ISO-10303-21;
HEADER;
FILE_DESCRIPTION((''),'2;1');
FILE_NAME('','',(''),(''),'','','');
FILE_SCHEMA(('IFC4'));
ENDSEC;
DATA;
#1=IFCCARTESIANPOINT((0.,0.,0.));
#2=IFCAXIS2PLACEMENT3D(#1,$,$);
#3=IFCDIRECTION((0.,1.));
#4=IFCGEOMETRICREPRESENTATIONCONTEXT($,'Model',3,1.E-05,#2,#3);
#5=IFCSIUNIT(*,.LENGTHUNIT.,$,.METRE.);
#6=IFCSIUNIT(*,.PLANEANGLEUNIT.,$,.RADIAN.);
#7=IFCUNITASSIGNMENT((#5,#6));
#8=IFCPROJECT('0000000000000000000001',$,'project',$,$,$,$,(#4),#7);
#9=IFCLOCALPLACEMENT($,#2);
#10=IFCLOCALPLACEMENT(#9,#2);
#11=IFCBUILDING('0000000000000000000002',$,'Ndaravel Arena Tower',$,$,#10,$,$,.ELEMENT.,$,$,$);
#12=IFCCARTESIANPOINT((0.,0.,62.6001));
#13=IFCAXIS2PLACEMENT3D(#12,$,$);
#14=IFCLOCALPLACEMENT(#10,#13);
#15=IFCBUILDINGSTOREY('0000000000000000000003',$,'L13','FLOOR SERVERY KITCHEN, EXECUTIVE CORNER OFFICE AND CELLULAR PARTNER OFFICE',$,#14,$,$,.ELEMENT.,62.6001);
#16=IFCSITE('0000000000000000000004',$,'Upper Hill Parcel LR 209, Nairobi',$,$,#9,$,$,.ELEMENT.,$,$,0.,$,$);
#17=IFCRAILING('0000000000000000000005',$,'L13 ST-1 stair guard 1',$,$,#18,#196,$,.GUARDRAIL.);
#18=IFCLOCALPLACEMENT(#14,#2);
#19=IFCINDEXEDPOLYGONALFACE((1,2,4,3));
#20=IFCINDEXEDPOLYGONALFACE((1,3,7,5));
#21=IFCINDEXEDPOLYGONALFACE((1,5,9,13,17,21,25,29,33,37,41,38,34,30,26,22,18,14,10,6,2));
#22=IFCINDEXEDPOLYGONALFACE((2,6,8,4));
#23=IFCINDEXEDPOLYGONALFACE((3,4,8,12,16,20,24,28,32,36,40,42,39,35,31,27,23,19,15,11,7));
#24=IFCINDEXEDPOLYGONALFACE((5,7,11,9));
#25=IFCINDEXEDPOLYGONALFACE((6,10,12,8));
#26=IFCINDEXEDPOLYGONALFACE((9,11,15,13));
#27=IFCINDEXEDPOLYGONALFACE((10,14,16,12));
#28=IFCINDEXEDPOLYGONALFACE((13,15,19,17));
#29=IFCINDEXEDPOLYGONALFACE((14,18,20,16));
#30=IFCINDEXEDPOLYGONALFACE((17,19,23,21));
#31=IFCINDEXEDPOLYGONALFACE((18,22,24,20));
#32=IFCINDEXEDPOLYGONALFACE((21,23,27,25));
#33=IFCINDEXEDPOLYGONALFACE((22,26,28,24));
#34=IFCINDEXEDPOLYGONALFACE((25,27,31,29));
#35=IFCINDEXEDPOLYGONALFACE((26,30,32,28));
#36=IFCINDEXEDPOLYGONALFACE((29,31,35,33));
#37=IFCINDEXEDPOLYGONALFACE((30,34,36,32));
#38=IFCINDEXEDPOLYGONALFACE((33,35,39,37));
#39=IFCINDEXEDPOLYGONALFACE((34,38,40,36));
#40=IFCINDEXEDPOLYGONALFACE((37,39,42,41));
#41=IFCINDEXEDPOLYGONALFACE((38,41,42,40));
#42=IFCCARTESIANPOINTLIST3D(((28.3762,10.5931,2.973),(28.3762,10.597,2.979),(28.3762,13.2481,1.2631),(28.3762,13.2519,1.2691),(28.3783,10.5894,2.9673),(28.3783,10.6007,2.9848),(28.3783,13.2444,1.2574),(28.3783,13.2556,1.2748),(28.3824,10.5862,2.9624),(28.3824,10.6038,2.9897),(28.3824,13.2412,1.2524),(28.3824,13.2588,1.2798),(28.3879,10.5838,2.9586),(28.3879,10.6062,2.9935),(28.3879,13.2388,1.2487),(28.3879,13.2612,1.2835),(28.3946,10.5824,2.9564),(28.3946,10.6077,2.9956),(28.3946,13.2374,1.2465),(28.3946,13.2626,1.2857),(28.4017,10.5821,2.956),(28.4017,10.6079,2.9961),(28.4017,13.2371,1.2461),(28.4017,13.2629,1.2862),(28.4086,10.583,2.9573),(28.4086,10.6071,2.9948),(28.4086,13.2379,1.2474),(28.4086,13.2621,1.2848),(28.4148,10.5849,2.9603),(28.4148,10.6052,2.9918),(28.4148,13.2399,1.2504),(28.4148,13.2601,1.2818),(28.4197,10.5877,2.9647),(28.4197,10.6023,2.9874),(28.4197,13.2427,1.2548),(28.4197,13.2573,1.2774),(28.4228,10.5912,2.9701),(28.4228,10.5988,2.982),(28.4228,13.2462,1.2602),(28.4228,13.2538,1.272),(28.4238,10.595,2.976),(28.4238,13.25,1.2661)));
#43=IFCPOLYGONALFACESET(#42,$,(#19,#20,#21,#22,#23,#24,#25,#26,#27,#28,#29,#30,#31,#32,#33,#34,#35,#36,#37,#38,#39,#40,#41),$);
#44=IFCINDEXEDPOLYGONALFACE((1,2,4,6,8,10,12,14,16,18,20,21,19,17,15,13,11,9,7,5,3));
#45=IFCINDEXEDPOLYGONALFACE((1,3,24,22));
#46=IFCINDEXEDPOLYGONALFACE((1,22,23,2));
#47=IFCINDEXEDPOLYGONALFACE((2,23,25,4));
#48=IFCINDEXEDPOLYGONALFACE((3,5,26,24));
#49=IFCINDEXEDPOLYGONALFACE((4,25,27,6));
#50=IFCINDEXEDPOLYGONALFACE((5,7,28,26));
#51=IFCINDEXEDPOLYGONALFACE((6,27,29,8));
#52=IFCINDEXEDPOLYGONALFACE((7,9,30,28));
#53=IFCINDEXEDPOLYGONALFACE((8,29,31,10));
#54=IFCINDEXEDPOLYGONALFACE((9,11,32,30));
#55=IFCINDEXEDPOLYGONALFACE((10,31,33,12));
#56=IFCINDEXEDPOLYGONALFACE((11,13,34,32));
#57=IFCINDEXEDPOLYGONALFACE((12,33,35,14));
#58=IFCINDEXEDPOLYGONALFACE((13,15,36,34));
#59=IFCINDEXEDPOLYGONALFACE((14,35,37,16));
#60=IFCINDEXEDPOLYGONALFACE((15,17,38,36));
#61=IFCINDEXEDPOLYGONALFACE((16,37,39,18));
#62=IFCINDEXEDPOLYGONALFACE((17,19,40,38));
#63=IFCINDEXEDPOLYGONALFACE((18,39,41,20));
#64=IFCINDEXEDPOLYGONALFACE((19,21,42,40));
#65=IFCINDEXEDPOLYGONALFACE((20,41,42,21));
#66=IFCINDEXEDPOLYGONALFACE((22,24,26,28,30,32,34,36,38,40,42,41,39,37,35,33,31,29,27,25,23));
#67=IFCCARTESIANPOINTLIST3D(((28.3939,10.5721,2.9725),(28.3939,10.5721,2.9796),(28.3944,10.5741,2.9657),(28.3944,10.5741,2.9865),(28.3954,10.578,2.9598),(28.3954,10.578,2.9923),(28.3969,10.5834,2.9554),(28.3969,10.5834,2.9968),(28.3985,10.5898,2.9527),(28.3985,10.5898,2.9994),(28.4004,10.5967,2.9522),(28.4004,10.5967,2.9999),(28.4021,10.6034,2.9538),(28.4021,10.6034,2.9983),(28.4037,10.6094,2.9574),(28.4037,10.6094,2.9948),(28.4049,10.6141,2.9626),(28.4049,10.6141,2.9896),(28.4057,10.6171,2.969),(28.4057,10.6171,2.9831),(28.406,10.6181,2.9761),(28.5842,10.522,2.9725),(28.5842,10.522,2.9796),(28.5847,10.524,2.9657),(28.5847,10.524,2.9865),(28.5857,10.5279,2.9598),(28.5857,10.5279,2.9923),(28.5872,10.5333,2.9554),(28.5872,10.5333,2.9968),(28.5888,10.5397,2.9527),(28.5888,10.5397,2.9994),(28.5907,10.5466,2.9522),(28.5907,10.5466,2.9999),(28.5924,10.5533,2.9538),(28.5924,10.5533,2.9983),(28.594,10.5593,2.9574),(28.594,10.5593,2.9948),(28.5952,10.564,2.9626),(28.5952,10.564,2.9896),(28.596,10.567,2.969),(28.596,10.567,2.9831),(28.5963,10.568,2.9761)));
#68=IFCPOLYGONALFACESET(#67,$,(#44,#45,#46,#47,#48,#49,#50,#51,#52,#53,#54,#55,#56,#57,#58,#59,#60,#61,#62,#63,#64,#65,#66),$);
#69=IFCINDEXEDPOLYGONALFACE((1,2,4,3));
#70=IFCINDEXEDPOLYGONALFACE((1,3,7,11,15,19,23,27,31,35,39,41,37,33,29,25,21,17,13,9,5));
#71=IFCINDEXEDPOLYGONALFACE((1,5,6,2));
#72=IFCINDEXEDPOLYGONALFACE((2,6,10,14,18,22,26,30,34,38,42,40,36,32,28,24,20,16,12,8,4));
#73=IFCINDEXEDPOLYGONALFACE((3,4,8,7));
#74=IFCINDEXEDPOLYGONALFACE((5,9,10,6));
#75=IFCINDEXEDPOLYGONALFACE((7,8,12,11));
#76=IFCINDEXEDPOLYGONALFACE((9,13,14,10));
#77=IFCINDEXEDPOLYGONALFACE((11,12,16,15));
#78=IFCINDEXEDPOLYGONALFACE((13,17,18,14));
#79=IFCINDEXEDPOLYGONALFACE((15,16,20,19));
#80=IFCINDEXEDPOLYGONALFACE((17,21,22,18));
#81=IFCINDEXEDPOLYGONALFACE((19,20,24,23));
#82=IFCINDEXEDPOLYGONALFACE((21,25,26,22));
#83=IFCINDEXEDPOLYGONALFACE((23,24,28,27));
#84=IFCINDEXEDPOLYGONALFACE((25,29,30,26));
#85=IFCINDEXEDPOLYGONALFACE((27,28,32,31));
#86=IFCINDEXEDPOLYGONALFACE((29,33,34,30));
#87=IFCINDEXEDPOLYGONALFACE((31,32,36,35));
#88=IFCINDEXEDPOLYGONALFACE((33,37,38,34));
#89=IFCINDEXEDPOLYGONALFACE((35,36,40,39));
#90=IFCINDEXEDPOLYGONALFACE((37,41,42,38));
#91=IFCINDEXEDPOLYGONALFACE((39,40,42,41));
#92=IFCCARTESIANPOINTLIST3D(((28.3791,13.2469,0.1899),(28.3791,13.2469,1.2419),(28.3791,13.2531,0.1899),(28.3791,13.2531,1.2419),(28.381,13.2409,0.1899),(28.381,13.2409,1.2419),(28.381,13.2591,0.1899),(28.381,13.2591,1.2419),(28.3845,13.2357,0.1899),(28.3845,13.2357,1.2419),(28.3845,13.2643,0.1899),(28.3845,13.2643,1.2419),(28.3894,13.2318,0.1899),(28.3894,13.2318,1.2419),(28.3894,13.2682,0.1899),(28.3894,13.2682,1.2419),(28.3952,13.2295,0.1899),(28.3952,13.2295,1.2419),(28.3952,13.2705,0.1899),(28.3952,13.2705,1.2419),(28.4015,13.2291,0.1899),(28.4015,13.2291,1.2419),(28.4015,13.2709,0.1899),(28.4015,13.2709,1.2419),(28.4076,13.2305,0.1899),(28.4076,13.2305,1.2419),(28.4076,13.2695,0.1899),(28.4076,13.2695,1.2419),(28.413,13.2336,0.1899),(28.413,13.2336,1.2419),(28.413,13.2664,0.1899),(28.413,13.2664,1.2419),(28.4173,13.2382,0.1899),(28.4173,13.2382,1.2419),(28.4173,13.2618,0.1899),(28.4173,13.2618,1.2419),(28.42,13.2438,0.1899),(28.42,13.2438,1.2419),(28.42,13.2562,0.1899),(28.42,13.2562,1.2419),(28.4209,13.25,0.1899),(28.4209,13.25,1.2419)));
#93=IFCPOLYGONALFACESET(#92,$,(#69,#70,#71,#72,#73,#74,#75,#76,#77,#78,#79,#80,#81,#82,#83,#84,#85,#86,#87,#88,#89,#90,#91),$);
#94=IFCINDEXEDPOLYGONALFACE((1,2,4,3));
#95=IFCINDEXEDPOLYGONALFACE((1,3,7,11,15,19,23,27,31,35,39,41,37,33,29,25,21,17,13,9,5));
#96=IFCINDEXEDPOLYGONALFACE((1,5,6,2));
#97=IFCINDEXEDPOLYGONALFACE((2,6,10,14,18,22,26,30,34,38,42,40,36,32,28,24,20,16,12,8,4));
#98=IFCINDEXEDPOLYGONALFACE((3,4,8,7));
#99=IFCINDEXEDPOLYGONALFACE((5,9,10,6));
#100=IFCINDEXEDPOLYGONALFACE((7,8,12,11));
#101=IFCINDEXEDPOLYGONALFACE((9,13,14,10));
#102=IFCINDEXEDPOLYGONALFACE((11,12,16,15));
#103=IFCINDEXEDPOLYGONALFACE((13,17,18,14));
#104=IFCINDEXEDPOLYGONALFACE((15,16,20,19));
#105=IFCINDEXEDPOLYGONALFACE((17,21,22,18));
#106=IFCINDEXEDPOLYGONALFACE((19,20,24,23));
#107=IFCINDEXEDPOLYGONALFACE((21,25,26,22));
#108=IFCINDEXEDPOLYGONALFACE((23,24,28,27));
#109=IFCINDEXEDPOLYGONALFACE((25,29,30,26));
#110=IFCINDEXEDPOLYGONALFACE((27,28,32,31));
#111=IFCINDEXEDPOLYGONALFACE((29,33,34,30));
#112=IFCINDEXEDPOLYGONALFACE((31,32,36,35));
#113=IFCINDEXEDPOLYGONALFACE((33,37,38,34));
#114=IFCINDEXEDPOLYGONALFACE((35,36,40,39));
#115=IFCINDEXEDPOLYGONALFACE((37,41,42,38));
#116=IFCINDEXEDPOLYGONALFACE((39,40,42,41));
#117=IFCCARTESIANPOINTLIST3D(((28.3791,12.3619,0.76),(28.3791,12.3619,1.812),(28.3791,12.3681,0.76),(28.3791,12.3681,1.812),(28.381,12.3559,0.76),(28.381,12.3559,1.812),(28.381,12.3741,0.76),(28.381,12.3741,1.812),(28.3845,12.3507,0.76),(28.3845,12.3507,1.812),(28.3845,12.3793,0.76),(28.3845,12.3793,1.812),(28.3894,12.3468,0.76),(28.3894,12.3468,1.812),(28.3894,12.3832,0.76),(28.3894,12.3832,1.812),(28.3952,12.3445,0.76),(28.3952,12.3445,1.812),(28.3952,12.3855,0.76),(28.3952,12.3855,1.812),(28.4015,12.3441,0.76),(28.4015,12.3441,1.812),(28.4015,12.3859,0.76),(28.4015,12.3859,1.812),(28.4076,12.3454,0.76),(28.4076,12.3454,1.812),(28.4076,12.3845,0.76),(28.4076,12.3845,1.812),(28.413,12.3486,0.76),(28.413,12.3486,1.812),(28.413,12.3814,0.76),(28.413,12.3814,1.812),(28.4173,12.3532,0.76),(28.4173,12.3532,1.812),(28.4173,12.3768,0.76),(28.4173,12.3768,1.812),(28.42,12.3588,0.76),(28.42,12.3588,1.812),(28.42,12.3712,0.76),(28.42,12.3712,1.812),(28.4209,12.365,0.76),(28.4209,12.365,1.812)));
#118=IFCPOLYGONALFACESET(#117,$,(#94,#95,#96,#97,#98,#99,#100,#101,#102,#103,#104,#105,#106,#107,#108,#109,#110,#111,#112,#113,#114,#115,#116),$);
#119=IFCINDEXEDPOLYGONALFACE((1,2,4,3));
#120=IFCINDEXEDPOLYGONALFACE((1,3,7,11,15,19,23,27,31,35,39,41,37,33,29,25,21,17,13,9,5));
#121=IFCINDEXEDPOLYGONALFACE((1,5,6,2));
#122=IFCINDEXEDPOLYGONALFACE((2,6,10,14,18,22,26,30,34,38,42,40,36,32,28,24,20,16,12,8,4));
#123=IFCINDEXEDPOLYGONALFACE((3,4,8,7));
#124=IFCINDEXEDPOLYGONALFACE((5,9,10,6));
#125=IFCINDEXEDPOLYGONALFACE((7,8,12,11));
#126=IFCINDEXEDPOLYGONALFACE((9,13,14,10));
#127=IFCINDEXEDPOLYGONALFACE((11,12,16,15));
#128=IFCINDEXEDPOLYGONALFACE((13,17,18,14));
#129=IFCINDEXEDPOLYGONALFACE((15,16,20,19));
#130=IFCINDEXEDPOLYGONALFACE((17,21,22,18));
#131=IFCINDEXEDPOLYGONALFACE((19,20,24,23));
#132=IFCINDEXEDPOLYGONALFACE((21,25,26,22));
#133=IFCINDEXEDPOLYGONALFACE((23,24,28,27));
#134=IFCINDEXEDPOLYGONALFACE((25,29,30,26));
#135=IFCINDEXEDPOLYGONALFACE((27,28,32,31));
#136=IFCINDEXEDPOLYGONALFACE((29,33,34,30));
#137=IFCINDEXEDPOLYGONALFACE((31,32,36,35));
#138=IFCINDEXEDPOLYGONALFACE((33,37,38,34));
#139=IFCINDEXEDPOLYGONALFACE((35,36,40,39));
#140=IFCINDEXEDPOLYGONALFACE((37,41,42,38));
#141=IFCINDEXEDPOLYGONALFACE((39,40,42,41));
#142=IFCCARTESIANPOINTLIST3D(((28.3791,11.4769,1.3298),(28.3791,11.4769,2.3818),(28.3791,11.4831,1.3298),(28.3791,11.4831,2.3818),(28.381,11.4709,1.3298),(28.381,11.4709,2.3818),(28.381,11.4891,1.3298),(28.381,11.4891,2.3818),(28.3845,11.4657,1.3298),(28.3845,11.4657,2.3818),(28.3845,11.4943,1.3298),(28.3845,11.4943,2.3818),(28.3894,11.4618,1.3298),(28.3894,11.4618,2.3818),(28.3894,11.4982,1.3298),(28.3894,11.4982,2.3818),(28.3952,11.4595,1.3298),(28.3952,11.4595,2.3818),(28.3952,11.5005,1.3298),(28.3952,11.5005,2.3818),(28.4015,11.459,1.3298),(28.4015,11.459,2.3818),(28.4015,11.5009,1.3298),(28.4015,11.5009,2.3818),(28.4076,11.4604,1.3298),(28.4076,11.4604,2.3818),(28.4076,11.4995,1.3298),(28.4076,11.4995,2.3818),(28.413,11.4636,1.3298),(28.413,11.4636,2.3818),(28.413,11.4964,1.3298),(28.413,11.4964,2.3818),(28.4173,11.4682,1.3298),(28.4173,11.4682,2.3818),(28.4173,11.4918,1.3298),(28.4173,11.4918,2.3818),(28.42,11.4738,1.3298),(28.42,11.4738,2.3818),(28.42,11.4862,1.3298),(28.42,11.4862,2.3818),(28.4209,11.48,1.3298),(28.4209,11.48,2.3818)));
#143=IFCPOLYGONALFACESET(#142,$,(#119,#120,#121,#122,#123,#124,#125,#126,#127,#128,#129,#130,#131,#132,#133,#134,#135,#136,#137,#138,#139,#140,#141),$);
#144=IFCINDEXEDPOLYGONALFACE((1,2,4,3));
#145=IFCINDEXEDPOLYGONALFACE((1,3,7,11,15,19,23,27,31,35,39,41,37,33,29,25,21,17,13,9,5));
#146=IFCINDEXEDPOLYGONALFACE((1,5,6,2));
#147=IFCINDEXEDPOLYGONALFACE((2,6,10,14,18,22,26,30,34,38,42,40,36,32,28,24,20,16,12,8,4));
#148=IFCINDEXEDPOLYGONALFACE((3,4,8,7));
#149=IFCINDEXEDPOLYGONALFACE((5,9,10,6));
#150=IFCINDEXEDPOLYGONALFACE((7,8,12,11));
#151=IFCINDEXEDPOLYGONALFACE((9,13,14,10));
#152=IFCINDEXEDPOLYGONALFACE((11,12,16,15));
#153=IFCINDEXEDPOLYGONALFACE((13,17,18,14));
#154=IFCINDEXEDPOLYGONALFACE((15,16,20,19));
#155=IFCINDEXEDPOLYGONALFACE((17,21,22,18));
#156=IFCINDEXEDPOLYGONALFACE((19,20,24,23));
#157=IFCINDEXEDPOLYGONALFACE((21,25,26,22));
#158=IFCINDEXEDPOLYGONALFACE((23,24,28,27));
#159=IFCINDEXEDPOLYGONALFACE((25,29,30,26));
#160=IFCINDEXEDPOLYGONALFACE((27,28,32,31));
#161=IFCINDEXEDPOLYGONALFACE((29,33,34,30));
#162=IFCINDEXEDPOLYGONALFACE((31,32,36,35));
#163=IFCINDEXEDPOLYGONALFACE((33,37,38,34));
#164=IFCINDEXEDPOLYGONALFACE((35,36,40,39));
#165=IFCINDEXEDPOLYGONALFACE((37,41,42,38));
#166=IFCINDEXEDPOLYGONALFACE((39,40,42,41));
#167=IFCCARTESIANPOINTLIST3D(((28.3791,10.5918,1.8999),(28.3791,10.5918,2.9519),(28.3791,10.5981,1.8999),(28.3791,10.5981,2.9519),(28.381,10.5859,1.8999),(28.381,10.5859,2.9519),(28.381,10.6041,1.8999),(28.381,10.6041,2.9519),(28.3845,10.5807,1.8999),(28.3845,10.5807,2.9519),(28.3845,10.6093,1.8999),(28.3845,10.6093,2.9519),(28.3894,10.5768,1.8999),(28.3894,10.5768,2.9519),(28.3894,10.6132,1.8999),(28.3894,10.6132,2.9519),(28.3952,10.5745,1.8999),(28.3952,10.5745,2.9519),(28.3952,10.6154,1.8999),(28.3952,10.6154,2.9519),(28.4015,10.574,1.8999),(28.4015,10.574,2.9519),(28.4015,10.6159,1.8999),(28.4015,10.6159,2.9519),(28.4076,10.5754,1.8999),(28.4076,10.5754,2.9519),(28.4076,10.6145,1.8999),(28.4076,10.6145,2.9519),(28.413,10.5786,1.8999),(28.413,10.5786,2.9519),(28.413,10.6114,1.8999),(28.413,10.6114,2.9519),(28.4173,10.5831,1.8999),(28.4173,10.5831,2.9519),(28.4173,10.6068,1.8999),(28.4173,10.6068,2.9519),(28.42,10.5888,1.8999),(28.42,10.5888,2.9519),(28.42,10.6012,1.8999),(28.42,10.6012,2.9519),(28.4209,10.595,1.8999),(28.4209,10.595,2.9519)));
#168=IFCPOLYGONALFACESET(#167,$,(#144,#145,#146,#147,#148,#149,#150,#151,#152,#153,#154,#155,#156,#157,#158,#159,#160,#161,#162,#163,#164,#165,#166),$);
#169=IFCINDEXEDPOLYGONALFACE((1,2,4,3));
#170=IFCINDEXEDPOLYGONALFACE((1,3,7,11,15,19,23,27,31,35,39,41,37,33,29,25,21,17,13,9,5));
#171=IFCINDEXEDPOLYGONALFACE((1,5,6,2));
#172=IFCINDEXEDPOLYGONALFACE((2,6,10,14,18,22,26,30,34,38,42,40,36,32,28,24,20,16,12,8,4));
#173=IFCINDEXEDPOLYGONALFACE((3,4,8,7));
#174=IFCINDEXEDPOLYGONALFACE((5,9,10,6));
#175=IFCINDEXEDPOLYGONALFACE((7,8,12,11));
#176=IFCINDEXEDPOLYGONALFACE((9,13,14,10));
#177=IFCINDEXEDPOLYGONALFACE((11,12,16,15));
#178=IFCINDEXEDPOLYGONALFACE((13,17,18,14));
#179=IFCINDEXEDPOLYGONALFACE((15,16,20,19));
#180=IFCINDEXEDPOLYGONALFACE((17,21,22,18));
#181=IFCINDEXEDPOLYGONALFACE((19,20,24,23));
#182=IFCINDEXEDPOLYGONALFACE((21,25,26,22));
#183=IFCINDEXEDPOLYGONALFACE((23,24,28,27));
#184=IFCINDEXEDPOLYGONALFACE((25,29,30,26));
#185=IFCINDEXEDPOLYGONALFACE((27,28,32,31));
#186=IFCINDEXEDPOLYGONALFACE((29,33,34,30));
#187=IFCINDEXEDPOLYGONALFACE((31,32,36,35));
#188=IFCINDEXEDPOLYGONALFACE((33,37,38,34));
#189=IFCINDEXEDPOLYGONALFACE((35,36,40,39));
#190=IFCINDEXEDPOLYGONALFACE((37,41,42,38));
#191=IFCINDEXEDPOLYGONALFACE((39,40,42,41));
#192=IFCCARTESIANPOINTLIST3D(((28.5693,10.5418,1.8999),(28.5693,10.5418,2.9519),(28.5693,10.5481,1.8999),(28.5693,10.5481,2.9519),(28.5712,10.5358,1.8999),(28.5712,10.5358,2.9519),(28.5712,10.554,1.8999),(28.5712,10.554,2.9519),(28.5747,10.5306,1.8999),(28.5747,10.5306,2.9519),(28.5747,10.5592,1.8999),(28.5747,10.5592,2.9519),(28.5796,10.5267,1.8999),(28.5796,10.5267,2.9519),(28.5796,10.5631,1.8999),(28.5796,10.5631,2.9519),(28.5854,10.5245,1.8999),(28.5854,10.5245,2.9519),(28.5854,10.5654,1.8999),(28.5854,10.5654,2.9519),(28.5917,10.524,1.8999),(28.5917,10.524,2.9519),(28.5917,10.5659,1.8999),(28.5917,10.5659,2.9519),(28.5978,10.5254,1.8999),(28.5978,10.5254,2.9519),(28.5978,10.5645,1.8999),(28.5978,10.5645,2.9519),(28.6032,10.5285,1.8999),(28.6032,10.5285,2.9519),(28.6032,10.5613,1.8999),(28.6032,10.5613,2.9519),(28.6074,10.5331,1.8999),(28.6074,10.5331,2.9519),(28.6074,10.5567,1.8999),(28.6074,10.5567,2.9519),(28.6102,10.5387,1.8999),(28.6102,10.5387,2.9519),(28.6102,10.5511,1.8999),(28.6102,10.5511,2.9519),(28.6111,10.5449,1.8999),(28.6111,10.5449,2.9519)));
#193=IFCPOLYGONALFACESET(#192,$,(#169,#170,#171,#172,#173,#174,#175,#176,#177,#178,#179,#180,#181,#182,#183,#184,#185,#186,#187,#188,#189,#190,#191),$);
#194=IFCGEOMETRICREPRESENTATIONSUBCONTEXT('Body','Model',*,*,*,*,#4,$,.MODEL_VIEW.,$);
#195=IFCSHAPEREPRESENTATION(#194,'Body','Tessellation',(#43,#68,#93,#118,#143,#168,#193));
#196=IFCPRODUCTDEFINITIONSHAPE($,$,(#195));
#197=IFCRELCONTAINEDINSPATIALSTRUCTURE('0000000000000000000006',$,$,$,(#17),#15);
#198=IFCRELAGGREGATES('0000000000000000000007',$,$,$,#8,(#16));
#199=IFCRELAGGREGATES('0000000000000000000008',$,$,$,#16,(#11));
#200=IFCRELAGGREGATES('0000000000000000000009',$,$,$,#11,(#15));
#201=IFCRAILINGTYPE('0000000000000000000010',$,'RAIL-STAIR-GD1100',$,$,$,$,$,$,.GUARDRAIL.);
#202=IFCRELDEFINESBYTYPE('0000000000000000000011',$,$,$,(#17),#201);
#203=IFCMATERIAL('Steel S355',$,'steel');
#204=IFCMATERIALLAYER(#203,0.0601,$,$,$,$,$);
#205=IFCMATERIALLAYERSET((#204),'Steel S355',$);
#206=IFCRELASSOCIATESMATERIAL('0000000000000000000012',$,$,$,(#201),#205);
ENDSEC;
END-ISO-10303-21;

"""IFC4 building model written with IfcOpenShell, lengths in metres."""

from ifc_helpers import new_model, si_unit, direction, frame, origin, origin_2d, place, context, subcontext, project, spatial, circle, extrude, material, layer, layer_set, type_object, element, save


model = new_model("IFC4")

# Units and contexts
model_context = context("Model", 3, precision=1e-05, world=origin(), true_north=direction((0.0, 1.0)))
body_context = subcontext(model_context, "Body", "Model", "MODEL_VIEW")
ifc_project = project(units=[si_unit("LENGTHUNIT", "METRE"), si_unit("PLANEANGLEUNIT", "RADIAN")], contexts=[model_context])

# Site, building, storey
site_placement = place(None, origin())
site = spatial("IfcSite", under=ifc_project, at=site_placement, Name="Upper Hill Parcel LR 209, Nairobi", CompositionType="ELEMENT", RefElevation=0.0)
building_placement = place(site_placement, origin())
building = spatial("IfcBuilding", under=site, at=building_placement, Name="Ndaravel Arena Tower", CompositionType="ELEMENT")
storey_placement = place(building_placement, frame((0.0, 0.0, 62.6001)))
storey = spatial("IfcBuildingStorey", under=building, at=storey_placement, Name="L13", Description="FLOOR SERVERY KITCHEN, EXECUTIVE CORNER OFFICE AND CELLULAR PARTNER OFFICE", CompositionType="ELEMENT", Elevation=62.6001)

# Railing
ifc_material_1 = material(Name="Steel S355", Category="steel")
ifc_layer_1 = layer(ifc_material_1, 0.0601)
ifc_layer_set_1 = layer_set([ifc_layer_1], Name="Steel S355")
railing_type_1 = type_object("IfcRailingType", Name="RAIL-STAIR-GD1100", PredefinedType="GUARDRAIL", material=ifc_layer_set_1)
railing_1_placement = place(storey_placement, frame((28.3999, 13.25, 0.1899)))
element("IfcRailing", 1, at=railing_1_placement, inside=storey, type_object=railing_type_1, Name="L13 ST-1 stair guard 1", PredefinedType="GUARDRAIL", context=body_context, shape_type="SweptSolid", body=[
    extrude(circle(Radius=0.0239, at=origin_2d()), frame((0.0, 0.0, 1.0762), z_axis=(0.0, -0.840724, 0.541465), x_axis=(1.0, 0.0, 0.0)), (0.0, 0.0, 1.0), 3.158),
    extrude(circle(Radius=0.0239, at=origin_2d()), frame((0.0, -2.655, 2.7861), z_axis=(0.967075, -0.254493, 0.0), x_axis=(0.254493, 0.967075, 0.0)), (0.0, 0.0, 1.0), 0.1968),
    extrude(circle(Radius=0.021, at=origin_2d()), origin(), (0.0, 0.0, 1.0), 1.052),
    extrude(circle(Radius=0.021, at=origin_2d()), frame((0.0, -0.885, 0.5701)), (0.0, 0.0, 1.0), 1.052),
    extrude(circle(Radius=0.021, at=origin_2d()), frame((0.0, -1.77, 1.1399)), (0.0, 0.0, 1.0), 1.052),
    extrude(circle(Radius=0.021, at=origin_2d()), frame((0.0, -2.655, 1.71)), (0.0, 0.0, 1.0), 1.052),
    extrude(circle(Radius=0.021, at=origin_2d()), frame((0.1902, -2.7051, 1.71)), (0.0, 0.0, 1.0), 1.052),
])

save(model, "model.ifc")
